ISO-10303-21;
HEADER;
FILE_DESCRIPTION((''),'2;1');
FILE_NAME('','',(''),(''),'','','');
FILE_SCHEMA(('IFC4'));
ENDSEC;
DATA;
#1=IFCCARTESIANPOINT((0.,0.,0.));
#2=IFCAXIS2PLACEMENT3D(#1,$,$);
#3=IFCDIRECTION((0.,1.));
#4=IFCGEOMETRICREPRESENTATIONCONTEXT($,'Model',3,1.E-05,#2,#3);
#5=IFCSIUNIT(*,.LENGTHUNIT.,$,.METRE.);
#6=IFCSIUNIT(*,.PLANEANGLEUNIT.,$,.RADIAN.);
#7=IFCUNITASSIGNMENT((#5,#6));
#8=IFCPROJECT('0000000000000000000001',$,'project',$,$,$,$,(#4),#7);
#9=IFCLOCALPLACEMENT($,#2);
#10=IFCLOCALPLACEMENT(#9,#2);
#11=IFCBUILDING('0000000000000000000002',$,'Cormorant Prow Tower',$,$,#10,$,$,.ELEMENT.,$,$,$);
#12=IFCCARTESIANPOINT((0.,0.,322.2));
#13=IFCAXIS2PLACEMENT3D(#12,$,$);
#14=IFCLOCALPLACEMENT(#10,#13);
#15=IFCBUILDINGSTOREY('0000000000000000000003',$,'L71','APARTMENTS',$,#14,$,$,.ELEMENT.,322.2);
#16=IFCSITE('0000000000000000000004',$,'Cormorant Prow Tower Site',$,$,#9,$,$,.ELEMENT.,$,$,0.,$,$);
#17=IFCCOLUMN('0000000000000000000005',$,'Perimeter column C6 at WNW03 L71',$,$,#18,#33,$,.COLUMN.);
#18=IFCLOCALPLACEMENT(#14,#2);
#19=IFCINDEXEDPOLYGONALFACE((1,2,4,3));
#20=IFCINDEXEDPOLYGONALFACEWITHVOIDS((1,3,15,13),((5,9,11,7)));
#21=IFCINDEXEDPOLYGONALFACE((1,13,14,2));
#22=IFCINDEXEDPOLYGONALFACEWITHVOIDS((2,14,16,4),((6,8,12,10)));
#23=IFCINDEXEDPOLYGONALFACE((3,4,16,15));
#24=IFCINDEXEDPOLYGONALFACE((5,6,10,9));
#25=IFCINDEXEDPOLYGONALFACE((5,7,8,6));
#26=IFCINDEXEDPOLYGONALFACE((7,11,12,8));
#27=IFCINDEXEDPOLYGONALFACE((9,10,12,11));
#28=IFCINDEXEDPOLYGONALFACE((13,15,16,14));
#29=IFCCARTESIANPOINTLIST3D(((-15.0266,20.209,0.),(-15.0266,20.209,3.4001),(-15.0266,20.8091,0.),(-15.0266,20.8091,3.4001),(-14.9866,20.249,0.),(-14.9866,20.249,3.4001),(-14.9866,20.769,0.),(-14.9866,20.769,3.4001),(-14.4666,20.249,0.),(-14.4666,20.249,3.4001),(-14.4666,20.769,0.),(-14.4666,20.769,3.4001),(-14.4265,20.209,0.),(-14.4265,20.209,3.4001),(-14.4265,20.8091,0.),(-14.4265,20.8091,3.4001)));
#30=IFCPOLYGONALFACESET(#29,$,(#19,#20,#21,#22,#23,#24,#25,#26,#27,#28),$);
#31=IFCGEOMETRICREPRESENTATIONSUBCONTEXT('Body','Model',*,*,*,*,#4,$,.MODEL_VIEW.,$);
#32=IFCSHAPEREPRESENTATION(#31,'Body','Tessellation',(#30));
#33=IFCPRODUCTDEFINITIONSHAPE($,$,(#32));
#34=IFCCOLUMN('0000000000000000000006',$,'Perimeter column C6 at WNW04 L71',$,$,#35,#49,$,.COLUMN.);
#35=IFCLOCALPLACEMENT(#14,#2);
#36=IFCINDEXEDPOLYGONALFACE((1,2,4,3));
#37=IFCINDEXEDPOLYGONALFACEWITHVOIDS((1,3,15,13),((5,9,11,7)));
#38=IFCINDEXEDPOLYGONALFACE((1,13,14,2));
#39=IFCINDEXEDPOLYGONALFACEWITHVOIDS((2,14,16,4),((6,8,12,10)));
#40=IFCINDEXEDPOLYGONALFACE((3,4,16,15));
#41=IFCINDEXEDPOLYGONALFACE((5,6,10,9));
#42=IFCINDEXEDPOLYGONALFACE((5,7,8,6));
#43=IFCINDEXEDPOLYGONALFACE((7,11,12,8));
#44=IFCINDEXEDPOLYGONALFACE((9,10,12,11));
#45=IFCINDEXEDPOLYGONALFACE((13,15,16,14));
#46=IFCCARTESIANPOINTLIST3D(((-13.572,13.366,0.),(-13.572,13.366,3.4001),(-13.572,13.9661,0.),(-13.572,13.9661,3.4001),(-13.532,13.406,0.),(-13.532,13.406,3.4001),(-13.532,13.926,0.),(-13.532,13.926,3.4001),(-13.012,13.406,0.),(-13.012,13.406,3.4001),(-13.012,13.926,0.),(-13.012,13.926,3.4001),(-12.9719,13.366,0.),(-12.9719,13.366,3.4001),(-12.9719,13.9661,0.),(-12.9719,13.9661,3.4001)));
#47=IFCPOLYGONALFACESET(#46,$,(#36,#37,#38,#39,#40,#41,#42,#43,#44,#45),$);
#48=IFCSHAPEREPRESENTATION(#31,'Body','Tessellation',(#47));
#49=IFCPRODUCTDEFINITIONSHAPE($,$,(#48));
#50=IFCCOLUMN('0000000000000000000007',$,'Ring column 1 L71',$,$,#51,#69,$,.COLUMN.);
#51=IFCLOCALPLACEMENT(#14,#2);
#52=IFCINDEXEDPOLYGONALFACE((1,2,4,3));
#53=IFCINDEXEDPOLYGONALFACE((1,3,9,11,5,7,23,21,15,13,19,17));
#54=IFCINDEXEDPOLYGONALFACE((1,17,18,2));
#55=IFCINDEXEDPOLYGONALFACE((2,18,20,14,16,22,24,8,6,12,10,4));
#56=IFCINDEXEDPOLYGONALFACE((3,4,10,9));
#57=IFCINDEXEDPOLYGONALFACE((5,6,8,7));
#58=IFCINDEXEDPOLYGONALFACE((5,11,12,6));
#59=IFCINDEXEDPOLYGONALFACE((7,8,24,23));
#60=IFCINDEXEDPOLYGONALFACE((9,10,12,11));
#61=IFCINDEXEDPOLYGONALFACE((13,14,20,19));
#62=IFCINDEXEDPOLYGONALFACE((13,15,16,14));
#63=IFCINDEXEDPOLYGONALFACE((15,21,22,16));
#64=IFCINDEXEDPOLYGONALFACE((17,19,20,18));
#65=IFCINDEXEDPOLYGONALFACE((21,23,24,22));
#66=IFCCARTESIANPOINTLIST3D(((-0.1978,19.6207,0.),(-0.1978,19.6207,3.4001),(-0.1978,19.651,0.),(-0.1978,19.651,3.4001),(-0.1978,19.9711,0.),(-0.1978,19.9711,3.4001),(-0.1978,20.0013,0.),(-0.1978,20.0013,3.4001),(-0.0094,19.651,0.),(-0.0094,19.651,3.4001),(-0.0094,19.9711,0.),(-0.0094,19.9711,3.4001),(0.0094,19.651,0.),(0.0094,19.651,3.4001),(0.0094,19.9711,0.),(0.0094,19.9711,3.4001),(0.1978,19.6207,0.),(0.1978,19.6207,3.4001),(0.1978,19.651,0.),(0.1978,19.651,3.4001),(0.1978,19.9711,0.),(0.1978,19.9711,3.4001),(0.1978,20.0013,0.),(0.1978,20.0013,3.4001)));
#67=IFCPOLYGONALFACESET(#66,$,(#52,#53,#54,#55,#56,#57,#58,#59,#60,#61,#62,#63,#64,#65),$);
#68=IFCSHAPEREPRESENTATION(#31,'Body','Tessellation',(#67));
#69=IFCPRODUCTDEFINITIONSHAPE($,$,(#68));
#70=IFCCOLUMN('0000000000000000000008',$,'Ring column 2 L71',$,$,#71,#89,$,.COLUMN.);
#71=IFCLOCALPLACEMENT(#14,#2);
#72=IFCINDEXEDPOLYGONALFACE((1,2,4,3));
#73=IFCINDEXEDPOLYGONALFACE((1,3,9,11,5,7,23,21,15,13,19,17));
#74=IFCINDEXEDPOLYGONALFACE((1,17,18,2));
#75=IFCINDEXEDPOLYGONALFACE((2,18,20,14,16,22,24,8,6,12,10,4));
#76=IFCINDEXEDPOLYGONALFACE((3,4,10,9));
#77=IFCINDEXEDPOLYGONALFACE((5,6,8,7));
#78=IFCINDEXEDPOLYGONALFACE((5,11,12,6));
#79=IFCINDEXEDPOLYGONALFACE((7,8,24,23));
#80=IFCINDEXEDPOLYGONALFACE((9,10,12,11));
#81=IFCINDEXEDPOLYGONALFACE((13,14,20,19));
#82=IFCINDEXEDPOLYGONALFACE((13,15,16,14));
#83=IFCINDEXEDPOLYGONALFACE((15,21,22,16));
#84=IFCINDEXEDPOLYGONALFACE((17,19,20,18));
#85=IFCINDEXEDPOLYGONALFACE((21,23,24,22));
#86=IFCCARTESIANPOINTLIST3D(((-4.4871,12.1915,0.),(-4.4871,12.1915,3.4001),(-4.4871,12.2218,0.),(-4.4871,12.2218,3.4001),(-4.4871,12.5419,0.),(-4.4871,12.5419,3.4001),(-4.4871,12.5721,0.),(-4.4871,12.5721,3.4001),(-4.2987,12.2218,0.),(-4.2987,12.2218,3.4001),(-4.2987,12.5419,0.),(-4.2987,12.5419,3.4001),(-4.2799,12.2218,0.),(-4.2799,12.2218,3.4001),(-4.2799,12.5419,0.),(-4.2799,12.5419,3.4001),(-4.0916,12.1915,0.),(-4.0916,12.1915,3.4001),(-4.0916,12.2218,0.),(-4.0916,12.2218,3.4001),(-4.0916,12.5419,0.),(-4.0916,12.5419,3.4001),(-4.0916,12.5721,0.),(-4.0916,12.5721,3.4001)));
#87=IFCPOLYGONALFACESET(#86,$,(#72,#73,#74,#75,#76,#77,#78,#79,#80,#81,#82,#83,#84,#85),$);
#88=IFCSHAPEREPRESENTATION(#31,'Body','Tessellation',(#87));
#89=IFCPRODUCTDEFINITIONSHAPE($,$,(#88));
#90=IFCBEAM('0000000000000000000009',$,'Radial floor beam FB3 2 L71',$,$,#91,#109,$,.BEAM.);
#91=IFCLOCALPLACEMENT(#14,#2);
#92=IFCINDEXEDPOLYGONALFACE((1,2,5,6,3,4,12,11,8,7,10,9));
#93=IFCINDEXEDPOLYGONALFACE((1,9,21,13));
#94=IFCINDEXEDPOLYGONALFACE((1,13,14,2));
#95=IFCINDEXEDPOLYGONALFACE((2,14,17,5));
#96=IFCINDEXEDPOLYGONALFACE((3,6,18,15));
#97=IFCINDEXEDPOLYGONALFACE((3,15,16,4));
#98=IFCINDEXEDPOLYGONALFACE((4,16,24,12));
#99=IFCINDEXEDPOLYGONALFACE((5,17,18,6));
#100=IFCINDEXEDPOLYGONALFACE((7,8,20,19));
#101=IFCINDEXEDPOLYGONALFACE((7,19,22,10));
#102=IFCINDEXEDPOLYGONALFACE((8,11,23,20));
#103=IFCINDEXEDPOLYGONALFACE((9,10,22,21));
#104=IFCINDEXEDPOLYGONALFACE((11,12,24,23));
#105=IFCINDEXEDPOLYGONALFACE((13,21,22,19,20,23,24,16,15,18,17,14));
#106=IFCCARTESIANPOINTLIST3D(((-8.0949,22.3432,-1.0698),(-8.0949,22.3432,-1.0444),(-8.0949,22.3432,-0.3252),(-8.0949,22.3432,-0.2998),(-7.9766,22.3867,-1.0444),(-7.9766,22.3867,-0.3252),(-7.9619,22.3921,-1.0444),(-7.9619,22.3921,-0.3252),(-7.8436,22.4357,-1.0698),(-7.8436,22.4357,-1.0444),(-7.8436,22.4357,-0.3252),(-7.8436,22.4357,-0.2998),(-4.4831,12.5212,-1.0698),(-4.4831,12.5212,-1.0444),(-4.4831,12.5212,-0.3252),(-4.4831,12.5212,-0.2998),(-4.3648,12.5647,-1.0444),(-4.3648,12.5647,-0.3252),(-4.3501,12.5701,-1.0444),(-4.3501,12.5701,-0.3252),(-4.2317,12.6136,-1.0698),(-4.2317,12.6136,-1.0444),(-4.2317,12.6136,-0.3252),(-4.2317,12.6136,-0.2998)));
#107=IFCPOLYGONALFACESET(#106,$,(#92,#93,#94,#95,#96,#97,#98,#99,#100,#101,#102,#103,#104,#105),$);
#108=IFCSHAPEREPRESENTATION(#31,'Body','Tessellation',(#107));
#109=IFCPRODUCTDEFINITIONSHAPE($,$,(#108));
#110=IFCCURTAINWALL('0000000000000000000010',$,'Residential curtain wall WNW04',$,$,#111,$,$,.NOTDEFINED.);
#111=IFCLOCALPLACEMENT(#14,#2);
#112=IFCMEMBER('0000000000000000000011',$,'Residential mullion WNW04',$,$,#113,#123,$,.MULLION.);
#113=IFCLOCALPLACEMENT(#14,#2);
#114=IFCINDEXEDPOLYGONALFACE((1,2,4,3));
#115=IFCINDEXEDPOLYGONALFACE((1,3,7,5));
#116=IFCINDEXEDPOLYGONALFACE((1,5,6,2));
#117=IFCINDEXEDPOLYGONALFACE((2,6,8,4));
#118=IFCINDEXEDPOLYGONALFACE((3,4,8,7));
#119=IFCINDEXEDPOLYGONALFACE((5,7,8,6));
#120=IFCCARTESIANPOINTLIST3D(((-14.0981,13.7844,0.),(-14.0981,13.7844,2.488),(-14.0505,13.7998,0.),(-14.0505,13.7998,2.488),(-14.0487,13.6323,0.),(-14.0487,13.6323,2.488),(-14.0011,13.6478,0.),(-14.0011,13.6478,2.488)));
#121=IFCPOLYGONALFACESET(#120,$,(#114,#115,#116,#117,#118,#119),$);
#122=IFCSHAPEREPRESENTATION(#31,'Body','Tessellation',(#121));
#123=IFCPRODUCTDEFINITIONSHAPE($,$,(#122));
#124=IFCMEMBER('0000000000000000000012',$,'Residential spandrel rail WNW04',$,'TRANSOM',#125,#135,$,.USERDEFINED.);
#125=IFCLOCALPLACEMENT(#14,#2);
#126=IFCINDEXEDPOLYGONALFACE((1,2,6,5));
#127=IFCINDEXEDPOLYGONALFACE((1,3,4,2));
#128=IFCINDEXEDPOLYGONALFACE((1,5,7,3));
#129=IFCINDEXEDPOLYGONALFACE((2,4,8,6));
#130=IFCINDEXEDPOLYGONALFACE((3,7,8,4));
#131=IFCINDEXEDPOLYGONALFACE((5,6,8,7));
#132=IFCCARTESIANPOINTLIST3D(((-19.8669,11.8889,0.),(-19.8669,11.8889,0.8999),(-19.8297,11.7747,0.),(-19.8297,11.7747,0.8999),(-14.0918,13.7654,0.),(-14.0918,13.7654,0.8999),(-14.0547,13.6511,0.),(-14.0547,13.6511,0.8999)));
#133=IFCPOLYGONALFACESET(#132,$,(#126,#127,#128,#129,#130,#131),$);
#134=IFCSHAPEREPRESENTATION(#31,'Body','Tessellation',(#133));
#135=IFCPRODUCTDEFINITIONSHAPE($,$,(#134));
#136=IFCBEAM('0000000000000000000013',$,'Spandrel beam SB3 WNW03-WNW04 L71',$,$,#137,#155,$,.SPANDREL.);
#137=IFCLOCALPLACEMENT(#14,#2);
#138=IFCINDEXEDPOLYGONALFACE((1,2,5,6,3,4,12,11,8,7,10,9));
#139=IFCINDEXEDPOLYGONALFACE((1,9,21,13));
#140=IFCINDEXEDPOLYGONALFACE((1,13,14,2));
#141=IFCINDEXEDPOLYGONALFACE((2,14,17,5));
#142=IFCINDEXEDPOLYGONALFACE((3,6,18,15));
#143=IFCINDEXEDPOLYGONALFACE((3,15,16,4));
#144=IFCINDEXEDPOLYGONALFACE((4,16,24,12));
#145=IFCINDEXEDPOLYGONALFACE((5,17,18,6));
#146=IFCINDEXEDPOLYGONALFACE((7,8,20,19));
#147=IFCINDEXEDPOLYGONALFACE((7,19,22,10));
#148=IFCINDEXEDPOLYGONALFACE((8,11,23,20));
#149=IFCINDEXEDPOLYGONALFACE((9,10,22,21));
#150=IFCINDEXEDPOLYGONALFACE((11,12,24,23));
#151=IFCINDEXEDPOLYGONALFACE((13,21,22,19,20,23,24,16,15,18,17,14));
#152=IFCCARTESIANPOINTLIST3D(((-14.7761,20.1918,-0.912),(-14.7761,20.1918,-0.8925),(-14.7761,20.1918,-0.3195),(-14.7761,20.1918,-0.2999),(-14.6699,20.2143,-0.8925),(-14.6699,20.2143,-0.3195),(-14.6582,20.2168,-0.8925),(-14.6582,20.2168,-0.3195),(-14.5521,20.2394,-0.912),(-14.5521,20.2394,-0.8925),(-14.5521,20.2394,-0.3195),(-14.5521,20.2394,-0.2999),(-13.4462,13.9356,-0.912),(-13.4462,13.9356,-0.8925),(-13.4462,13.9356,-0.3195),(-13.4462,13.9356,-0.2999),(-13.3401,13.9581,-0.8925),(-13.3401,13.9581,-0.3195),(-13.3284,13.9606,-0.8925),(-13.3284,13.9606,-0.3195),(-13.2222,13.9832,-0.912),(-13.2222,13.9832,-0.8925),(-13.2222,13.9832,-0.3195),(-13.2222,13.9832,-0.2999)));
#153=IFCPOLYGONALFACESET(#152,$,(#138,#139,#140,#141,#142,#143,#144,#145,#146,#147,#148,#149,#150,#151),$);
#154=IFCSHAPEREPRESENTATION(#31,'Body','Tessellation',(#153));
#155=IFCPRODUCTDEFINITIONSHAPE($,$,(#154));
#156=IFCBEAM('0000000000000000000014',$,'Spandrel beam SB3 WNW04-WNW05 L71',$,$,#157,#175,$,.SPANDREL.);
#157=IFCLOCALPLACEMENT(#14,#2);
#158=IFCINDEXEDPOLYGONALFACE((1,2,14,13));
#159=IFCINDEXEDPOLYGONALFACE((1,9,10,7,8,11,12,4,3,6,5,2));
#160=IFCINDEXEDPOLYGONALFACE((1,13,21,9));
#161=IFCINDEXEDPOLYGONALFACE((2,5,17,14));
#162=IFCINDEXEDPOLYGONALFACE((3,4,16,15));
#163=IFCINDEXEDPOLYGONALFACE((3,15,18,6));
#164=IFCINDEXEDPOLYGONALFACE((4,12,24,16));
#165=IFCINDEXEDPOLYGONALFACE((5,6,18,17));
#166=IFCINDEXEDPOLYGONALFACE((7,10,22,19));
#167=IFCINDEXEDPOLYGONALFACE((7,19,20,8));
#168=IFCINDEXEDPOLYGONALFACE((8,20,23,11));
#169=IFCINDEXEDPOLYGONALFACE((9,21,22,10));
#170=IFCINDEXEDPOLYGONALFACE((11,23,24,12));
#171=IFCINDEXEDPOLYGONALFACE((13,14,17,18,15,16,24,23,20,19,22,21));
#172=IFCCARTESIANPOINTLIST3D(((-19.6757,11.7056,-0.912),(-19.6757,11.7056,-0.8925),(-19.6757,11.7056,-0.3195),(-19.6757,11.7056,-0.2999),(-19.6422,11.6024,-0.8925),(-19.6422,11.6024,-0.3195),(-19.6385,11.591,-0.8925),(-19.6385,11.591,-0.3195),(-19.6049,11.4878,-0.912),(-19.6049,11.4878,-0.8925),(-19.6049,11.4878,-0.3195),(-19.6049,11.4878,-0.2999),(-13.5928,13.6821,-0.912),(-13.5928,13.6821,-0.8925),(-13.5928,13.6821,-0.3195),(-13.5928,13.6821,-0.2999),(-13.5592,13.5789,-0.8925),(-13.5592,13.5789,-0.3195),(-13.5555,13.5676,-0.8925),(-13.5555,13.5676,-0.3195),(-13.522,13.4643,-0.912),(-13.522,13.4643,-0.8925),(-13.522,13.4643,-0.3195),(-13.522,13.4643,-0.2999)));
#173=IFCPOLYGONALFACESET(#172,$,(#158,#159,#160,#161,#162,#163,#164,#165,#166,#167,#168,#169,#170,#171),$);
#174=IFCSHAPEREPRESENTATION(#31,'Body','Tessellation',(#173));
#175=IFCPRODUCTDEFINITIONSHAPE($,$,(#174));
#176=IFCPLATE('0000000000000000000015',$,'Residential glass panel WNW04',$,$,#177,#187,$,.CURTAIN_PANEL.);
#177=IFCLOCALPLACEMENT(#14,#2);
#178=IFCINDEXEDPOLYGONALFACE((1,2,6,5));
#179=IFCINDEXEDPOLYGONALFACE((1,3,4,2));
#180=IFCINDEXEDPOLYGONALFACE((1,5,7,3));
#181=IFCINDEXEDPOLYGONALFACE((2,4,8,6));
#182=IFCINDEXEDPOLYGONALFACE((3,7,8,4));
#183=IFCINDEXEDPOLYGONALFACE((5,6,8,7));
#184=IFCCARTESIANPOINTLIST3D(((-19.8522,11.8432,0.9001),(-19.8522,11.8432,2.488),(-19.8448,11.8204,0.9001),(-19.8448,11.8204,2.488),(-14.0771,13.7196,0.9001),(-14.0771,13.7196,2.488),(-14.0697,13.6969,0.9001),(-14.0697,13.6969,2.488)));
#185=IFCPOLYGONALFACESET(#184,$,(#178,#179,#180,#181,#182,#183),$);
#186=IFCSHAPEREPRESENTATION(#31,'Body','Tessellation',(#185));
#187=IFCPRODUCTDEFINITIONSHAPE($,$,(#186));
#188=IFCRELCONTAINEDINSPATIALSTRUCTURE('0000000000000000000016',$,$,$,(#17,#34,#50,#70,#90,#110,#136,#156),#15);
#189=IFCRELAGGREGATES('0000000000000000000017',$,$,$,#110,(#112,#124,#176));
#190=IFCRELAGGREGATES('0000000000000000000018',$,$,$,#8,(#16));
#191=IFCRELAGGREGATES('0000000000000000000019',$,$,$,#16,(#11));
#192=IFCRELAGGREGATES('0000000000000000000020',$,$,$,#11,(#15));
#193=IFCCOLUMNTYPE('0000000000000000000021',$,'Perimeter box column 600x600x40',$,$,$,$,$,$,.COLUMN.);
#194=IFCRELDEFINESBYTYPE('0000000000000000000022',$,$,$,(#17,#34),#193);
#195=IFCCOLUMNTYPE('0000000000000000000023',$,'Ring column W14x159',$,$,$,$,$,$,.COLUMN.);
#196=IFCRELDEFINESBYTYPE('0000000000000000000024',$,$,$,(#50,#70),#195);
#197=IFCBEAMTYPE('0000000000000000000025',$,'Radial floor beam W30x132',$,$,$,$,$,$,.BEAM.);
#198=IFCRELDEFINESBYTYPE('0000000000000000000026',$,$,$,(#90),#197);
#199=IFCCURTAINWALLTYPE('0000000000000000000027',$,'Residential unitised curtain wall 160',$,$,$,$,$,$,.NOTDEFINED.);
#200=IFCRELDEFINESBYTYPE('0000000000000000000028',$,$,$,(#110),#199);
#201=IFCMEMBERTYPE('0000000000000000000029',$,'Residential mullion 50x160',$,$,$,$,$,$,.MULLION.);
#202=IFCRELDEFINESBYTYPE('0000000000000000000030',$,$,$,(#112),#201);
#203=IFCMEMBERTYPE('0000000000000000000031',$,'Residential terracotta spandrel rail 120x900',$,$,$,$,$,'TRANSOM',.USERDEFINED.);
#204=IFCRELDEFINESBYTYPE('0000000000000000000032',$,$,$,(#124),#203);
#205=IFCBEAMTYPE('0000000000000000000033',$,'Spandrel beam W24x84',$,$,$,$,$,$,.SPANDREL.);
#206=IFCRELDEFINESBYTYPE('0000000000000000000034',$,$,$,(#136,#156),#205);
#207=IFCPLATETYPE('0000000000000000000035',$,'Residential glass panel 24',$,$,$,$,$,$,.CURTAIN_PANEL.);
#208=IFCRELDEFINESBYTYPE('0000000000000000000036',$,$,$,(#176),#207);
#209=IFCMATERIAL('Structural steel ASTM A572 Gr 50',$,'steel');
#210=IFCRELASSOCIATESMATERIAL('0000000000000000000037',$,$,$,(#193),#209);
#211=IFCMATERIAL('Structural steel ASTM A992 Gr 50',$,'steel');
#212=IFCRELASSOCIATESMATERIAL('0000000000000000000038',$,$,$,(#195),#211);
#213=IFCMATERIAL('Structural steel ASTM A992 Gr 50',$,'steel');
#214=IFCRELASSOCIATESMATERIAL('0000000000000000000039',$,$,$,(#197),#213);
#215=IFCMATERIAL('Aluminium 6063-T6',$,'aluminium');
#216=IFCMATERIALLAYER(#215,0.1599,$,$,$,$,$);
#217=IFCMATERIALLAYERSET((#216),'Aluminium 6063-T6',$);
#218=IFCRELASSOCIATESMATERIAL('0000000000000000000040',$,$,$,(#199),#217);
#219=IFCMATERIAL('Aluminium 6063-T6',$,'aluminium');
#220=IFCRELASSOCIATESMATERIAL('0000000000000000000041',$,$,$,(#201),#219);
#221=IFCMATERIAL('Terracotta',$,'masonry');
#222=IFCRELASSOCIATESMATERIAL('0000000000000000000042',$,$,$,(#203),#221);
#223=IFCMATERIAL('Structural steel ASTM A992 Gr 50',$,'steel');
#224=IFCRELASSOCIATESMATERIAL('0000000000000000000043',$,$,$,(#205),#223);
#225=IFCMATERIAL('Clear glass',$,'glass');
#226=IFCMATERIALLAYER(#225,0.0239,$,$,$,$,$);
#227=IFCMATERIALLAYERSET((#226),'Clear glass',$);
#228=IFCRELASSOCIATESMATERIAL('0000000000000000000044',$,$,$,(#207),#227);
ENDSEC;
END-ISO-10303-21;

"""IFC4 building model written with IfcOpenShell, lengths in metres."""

from ifc_helpers import new_model, si_unit, direction, frame, origin, origin_2d, place, context, subcontext, project, spatial, rectangle, hollow_rectangle, i_section, extrude, material, layer, layer_set, material_profile, profile_set, type_object, element, aggregate, save


model = new_model("IFC4")

# Units and contexts
model_context = context("Model", 3, precision=1e-05, world=origin(), true_north=direction((0.0, 1.0)))
body_context = subcontext(model_context, "Body", "Model", "MODEL_VIEW")
ifc_project = project(units=[si_unit("LENGTHUNIT", "METRE"), si_unit("PLANEANGLEUNIT", "RADIAN")], contexts=[model_context])

# Site, building, storey
site_placement = place(None, origin())
site = spatial("IfcSite", under=ifc_project, at=site_placement, Name="Cormorant Prow Tower Site", CompositionType="ELEMENT", RefElevation=0.0)
building_placement = place(site_placement, origin())
building = spatial("IfcBuilding", under=site, at=building_placement, Name="Cormorant Prow Tower", CompositionType="ELEMENT")
storey_placement = place(building_placement, frame((0.0, 0.0, 322.2)))
storey = spatial("IfcBuildingStorey", under=building, at=storey_placement, Name="L71", Description="APARTMENTS", CompositionType="ELEMENT", Elevation=322.2)

# Columns
ifc_material_1 = material(Name="Structural steel ASTM A572 Gr 50", Category="steel")
ifc_material_profile_1 = material_profile(ifc_material_1, hollow_rectangle(XDim=0.6001, YDim=0.6001, WallThickness=0.04, at=origin_2d()), Name="Box 600x600x40")
ifc_profile_set_1 = profile_set([ifc_material_profile_1], Name="Structural steel ASTM A572 Gr 50")
column_type_1 = type_object("IfcColumnType", Name="Perimeter box column 600x600x40", PredefinedType="COLUMN", material=ifc_profile_set_1)
for number, where, z_axis, x_axis, name in (
    (1, (-14.7266, 20.509, 0.0), (0.0, 0.0, 1.0), (1.0, 0.0, 0.0), "Perimeter column C6 at WNW03 L71"),
    (2, (-13.272, 13.666, 0.0), (0.0, 0.0, 1.0), (1.0, 0.0, 0.0), "Perimeter column C6 at WNW04 L71"),
):
    element("IfcColumn", number, at=place(storey_placement, frame(where, z_axis=z_axis, x_axis=x_axis)), inside=storey, type_object=column_type_1, Name=name, PredefinedType="COLUMN", context=body_context, shape_type="SweptSolid", body=[
        extrude(hollow_rectangle(XDim=0.6001, YDim=0.6001, WallThickness=0.04, at=origin_2d()), origin(), (0.0, 0.0, 1.0), 3.4001),
    ])
ifc_material_2 = material(Name="Structural steel ASTM A992 Gr 50", Category="steel")
ifc_material_profile_2 = material_profile(ifc_material_2, i_section(OverallWidth=0.3955, OverallDepth=0.3806, WebThickness=0.0188, FlangeThickness=0.0303, at=origin_2d()), Name="W14x159")
ifc_profile_set_2 = profile_set([ifc_material_profile_2], Name="Structural steel ASTM A992 Gr 50")
column_type_2 = type_object("IfcColumnType", Name="Ring column W14x159", PredefinedType="COLUMN", material=ifc_profile_set_2)
for number, where, z_axis, x_axis, name in (
    (3, (0.0, 19.811, 0.0), (0.0, 0.0, 1.0), (1.0, 0.0, 0.0), "Ring column 1 L71"),
    (4, (-4.2893, 12.3818, 0.0), (0.0, 0.0, 1.0), (1.0, 0.0, 0.0), "Ring column 2 L71"),
):
    element("IfcColumn", number, at=place(storey_placement, frame(where, z_axis=z_axis, x_axis=x_axis)), inside=storey, type_object=column_type_2, Name=name, PredefinedType="COLUMN", context=body_context, shape_type="SweptSolid", body=[
        extrude(i_section(OverallWidth=0.3955, OverallDepth=0.3806, WebThickness=0.0188, FlangeThickness=0.0303, at=origin_2d()), origin(), (0.0, 0.0, 1.0), 3.4001),
    ])

# Beam
ifc_material_3 = material(Name="Structural steel ASTM A992 Gr 50", Category="steel")
ifc_material_profile_3 = material_profile(ifc_material_3, i_section(OverallWidth=0.2678, OverallDepth=0.77, WebThickness=0.0156, FlangeThickness=0.0254, at=origin_2d()), Name="W30x132")
ifc_profile_set_3 = profile_set([ifc_material_profile_3], Name="Structural steel ASTM A992 Gr 50")
beam_type_1 = type_object("IfcBeamType", Name="Radial floor beam W30x132", PredefinedType="BEAM", material=ifc_profile_set_3)
beam_placement = place(storey_placement, frame((-4.3574, 12.5674, -0.6848), z_axis=(-0.345131, 0.938554, 0.0), x_axis=(-0.938554, -0.345131, 0.0)))
element("IfcBeam", 5, at=beam_placement, inside=storey, type_object=beam_type_1, Name="Radial floor beam FB3 2 L71", PredefinedType="BEAM", context=body_context, shape_type="SweptSolid", body=[
    extrude(i_section(OverallWidth=0.2678, OverallDepth=0.77, WebThickness=0.0156, FlangeThickness=0.0254, at=origin_2d()), origin(), (0.0, 0.0, 1.0), 10.4651),
])

# Curtain wall, members
ifc_material_4 = material(Name="Aluminium 6063-T6", Category="aluminium")
ifc_layer_1 = layer(ifc_material_4, 0.1599)
ifc_layer_set_1 = layer_set([ifc_layer_1], Name="Aluminium 6063-T6")
curtain_wall_type = type_object("IfcCurtainWallType", Name="Residential unitised curtain wall 160", PredefinedType="NOTDEFINED", material=ifc_layer_set_1)
curtain_wall_placement = place(storey_placement, origin())
curtain_wall = element("IfcCurtainWall", 6, at=curtain_wall_placement, inside=storey, type_object=curtain_wall_type, Name="Residential curtain wall WNW04", PredefinedType="NOTDEFINED")
ifc_material_5 = material(Name="Aluminium 6063-T6", Category="aluminium")
ifc_material_profile_4 = material_profile(ifc_material_5, rectangle(XDim=0.1599, YDim=0.05, at=origin_2d()), Name="Residential mullion 50x160")
ifc_profile_set_4 = profile_set([ifc_material_profile_4], Name="Aluminium 6063-T6")
member_type_1 = type_object("IfcMemberType", Name="Residential mullion 50x160", PredefinedType="MULLION", material=ifc_profile_set_4)
member_1_placement = place(storey_placement, frame((-14.0496, 13.7161, 0.0), z_axis=(0.0, 0.0, 1.0), x_axis=(0.309017, -0.951057, 0.0)))
member_1 = element("IfcMember", 7, at=member_1_placement, type_object=member_type_1, Name="Residential mullion WNW04", PredefinedType="MULLION", context=body_context, shape_type="SweptSolid", body=[
    extrude(rectangle(XDim=0.1599, YDim=0.05, at=origin_2d()), origin(), (0.0, 0.0, 1.0), 2.488),
])
ifc_material_6 = material(Name="Terracotta", Category="masonry")
ifc_material_profile_5 = material_profile(ifc_material_6, rectangle(XDim=0.1201, YDim=0.8999, at=origin_2d()), Name="Residential terracotta spandrel rail 120x900")
ifc_profile_set_5 = profile_set([ifc_material_profile_5], Name="Terracotta")
member_type_2 = type_object("IfcMemberType", Name="Residential terracotta spandrel rail 120x900", ElementType="TRANSOM", PredefinedType="USERDEFINED", material=ifc_profile_set_5)
member_2_placement = place(storey_placement, frame((-14.0732, 13.7083, 0.45), z_axis=(-0.951056, -0.309018, 0.0), x_axis=(0.309018, -0.951056, 0.0)))
member_2 = element("IfcMember", 8, at=member_2_placement, type_object=member_type_2, Name="Residential spandrel rail WNW04", ObjectType="TRANSOM", PredefinedType="USERDEFINED", context=body_context, shape_type="SweptSolid", body=[
    extrude(rectangle(XDim=0.1201, YDim=0.8999, at=origin_2d()), origin(), (0.0, 0.0, 1.0), 6.0723),
])

# Beams
ifc_material_7 = material(Name="Structural steel ASTM A992 Gr 50", Category="steel")
ifc_material_profile_6 = material_profile(ifc_material_7, i_section(OverallWidth=0.229, OverallDepth=0.6121, WebThickness=0.012, FlangeThickness=0.0195, at=origin_2d()), Name="W24x84")
ifc_profile_set_6 = profile_set([ifc_material_profile_6], Name="Structural steel ASTM A992 Gr 50")
beam_type_2 = type_object("IfcBeamType", Name="Spandrel beam W24x84", PredefinedType="SPANDREL", material=ifc_profile_set_6)
for number, where, z_axis, x_axis, name in (
    (9, (-14.6641, 20.2156, -0.606), (0.20792, -0.978146, 0.0), (0.978146, 0.20792, 0.0), "Spandrel beam SB3 WNW03-WNW04 L71"),
    (10, (-13.5574, 13.5732, -0.606), (-0.951053, -0.309027, 0.0), (0.309027, -0.951053, 0.0), "Spandrel beam SB3 WNW04-WNW05 L71"),
):
    element("IfcBeam", number, at=place(storey_placement, frame(where, z_axis=z_axis, x_axis=x_axis)), inside=storey, type_object=beam_type_2, Name=name, PredefinedType="SPANDREL", context=body_context, shape_type="SweptSolid", body=[
        extrude(i_section(OverallWidth=0.229, OverallDepth=0.6121, WebThickness=0.012, FlangeThickness=0.0195, at=origin_2d()), origin(), (0.0, 0.0, 1.0), 6.396),
    ])

# Plate
ifc_material_8 = material(Name="Clear glass", Category="glass")
ifc_layer_2 = layer(ifc_material_8, 0.0239)
ifc_layer_set_2 = layer_set([ifc_layer_2], Name="Clear glass")
plate_type = type_object("IfcPlateType", Name="Residential glass panel 24", PredefinedType="CURTAIN_PANEL", material=ifc_layer_set_2)
plate_placement = place(storey_placement, frame((-16.9609, 12.77, 0.9001), z_axis=(0.0, 0.0, 1.0), x_axis=(-0.951057, -0.309017, 0.0)))
plate = element("IfcPlate", 11, at=plate_placement, type_object=plate_type, Name="Residential glass panel WNW04", PredefinedType="CURTAIN_PANEL", context=body_context, shape_type="SweptSolid", body=[
    extrude(rectangle(XDim=6.0723, YDim=0.0239, at=origin_2d()), origin(), (0.0, 0.0, 1.0), 1.5879),
])
aggregate(curtain_wall, [member_1, member_2, plate])

save(model, "model.ifc")
